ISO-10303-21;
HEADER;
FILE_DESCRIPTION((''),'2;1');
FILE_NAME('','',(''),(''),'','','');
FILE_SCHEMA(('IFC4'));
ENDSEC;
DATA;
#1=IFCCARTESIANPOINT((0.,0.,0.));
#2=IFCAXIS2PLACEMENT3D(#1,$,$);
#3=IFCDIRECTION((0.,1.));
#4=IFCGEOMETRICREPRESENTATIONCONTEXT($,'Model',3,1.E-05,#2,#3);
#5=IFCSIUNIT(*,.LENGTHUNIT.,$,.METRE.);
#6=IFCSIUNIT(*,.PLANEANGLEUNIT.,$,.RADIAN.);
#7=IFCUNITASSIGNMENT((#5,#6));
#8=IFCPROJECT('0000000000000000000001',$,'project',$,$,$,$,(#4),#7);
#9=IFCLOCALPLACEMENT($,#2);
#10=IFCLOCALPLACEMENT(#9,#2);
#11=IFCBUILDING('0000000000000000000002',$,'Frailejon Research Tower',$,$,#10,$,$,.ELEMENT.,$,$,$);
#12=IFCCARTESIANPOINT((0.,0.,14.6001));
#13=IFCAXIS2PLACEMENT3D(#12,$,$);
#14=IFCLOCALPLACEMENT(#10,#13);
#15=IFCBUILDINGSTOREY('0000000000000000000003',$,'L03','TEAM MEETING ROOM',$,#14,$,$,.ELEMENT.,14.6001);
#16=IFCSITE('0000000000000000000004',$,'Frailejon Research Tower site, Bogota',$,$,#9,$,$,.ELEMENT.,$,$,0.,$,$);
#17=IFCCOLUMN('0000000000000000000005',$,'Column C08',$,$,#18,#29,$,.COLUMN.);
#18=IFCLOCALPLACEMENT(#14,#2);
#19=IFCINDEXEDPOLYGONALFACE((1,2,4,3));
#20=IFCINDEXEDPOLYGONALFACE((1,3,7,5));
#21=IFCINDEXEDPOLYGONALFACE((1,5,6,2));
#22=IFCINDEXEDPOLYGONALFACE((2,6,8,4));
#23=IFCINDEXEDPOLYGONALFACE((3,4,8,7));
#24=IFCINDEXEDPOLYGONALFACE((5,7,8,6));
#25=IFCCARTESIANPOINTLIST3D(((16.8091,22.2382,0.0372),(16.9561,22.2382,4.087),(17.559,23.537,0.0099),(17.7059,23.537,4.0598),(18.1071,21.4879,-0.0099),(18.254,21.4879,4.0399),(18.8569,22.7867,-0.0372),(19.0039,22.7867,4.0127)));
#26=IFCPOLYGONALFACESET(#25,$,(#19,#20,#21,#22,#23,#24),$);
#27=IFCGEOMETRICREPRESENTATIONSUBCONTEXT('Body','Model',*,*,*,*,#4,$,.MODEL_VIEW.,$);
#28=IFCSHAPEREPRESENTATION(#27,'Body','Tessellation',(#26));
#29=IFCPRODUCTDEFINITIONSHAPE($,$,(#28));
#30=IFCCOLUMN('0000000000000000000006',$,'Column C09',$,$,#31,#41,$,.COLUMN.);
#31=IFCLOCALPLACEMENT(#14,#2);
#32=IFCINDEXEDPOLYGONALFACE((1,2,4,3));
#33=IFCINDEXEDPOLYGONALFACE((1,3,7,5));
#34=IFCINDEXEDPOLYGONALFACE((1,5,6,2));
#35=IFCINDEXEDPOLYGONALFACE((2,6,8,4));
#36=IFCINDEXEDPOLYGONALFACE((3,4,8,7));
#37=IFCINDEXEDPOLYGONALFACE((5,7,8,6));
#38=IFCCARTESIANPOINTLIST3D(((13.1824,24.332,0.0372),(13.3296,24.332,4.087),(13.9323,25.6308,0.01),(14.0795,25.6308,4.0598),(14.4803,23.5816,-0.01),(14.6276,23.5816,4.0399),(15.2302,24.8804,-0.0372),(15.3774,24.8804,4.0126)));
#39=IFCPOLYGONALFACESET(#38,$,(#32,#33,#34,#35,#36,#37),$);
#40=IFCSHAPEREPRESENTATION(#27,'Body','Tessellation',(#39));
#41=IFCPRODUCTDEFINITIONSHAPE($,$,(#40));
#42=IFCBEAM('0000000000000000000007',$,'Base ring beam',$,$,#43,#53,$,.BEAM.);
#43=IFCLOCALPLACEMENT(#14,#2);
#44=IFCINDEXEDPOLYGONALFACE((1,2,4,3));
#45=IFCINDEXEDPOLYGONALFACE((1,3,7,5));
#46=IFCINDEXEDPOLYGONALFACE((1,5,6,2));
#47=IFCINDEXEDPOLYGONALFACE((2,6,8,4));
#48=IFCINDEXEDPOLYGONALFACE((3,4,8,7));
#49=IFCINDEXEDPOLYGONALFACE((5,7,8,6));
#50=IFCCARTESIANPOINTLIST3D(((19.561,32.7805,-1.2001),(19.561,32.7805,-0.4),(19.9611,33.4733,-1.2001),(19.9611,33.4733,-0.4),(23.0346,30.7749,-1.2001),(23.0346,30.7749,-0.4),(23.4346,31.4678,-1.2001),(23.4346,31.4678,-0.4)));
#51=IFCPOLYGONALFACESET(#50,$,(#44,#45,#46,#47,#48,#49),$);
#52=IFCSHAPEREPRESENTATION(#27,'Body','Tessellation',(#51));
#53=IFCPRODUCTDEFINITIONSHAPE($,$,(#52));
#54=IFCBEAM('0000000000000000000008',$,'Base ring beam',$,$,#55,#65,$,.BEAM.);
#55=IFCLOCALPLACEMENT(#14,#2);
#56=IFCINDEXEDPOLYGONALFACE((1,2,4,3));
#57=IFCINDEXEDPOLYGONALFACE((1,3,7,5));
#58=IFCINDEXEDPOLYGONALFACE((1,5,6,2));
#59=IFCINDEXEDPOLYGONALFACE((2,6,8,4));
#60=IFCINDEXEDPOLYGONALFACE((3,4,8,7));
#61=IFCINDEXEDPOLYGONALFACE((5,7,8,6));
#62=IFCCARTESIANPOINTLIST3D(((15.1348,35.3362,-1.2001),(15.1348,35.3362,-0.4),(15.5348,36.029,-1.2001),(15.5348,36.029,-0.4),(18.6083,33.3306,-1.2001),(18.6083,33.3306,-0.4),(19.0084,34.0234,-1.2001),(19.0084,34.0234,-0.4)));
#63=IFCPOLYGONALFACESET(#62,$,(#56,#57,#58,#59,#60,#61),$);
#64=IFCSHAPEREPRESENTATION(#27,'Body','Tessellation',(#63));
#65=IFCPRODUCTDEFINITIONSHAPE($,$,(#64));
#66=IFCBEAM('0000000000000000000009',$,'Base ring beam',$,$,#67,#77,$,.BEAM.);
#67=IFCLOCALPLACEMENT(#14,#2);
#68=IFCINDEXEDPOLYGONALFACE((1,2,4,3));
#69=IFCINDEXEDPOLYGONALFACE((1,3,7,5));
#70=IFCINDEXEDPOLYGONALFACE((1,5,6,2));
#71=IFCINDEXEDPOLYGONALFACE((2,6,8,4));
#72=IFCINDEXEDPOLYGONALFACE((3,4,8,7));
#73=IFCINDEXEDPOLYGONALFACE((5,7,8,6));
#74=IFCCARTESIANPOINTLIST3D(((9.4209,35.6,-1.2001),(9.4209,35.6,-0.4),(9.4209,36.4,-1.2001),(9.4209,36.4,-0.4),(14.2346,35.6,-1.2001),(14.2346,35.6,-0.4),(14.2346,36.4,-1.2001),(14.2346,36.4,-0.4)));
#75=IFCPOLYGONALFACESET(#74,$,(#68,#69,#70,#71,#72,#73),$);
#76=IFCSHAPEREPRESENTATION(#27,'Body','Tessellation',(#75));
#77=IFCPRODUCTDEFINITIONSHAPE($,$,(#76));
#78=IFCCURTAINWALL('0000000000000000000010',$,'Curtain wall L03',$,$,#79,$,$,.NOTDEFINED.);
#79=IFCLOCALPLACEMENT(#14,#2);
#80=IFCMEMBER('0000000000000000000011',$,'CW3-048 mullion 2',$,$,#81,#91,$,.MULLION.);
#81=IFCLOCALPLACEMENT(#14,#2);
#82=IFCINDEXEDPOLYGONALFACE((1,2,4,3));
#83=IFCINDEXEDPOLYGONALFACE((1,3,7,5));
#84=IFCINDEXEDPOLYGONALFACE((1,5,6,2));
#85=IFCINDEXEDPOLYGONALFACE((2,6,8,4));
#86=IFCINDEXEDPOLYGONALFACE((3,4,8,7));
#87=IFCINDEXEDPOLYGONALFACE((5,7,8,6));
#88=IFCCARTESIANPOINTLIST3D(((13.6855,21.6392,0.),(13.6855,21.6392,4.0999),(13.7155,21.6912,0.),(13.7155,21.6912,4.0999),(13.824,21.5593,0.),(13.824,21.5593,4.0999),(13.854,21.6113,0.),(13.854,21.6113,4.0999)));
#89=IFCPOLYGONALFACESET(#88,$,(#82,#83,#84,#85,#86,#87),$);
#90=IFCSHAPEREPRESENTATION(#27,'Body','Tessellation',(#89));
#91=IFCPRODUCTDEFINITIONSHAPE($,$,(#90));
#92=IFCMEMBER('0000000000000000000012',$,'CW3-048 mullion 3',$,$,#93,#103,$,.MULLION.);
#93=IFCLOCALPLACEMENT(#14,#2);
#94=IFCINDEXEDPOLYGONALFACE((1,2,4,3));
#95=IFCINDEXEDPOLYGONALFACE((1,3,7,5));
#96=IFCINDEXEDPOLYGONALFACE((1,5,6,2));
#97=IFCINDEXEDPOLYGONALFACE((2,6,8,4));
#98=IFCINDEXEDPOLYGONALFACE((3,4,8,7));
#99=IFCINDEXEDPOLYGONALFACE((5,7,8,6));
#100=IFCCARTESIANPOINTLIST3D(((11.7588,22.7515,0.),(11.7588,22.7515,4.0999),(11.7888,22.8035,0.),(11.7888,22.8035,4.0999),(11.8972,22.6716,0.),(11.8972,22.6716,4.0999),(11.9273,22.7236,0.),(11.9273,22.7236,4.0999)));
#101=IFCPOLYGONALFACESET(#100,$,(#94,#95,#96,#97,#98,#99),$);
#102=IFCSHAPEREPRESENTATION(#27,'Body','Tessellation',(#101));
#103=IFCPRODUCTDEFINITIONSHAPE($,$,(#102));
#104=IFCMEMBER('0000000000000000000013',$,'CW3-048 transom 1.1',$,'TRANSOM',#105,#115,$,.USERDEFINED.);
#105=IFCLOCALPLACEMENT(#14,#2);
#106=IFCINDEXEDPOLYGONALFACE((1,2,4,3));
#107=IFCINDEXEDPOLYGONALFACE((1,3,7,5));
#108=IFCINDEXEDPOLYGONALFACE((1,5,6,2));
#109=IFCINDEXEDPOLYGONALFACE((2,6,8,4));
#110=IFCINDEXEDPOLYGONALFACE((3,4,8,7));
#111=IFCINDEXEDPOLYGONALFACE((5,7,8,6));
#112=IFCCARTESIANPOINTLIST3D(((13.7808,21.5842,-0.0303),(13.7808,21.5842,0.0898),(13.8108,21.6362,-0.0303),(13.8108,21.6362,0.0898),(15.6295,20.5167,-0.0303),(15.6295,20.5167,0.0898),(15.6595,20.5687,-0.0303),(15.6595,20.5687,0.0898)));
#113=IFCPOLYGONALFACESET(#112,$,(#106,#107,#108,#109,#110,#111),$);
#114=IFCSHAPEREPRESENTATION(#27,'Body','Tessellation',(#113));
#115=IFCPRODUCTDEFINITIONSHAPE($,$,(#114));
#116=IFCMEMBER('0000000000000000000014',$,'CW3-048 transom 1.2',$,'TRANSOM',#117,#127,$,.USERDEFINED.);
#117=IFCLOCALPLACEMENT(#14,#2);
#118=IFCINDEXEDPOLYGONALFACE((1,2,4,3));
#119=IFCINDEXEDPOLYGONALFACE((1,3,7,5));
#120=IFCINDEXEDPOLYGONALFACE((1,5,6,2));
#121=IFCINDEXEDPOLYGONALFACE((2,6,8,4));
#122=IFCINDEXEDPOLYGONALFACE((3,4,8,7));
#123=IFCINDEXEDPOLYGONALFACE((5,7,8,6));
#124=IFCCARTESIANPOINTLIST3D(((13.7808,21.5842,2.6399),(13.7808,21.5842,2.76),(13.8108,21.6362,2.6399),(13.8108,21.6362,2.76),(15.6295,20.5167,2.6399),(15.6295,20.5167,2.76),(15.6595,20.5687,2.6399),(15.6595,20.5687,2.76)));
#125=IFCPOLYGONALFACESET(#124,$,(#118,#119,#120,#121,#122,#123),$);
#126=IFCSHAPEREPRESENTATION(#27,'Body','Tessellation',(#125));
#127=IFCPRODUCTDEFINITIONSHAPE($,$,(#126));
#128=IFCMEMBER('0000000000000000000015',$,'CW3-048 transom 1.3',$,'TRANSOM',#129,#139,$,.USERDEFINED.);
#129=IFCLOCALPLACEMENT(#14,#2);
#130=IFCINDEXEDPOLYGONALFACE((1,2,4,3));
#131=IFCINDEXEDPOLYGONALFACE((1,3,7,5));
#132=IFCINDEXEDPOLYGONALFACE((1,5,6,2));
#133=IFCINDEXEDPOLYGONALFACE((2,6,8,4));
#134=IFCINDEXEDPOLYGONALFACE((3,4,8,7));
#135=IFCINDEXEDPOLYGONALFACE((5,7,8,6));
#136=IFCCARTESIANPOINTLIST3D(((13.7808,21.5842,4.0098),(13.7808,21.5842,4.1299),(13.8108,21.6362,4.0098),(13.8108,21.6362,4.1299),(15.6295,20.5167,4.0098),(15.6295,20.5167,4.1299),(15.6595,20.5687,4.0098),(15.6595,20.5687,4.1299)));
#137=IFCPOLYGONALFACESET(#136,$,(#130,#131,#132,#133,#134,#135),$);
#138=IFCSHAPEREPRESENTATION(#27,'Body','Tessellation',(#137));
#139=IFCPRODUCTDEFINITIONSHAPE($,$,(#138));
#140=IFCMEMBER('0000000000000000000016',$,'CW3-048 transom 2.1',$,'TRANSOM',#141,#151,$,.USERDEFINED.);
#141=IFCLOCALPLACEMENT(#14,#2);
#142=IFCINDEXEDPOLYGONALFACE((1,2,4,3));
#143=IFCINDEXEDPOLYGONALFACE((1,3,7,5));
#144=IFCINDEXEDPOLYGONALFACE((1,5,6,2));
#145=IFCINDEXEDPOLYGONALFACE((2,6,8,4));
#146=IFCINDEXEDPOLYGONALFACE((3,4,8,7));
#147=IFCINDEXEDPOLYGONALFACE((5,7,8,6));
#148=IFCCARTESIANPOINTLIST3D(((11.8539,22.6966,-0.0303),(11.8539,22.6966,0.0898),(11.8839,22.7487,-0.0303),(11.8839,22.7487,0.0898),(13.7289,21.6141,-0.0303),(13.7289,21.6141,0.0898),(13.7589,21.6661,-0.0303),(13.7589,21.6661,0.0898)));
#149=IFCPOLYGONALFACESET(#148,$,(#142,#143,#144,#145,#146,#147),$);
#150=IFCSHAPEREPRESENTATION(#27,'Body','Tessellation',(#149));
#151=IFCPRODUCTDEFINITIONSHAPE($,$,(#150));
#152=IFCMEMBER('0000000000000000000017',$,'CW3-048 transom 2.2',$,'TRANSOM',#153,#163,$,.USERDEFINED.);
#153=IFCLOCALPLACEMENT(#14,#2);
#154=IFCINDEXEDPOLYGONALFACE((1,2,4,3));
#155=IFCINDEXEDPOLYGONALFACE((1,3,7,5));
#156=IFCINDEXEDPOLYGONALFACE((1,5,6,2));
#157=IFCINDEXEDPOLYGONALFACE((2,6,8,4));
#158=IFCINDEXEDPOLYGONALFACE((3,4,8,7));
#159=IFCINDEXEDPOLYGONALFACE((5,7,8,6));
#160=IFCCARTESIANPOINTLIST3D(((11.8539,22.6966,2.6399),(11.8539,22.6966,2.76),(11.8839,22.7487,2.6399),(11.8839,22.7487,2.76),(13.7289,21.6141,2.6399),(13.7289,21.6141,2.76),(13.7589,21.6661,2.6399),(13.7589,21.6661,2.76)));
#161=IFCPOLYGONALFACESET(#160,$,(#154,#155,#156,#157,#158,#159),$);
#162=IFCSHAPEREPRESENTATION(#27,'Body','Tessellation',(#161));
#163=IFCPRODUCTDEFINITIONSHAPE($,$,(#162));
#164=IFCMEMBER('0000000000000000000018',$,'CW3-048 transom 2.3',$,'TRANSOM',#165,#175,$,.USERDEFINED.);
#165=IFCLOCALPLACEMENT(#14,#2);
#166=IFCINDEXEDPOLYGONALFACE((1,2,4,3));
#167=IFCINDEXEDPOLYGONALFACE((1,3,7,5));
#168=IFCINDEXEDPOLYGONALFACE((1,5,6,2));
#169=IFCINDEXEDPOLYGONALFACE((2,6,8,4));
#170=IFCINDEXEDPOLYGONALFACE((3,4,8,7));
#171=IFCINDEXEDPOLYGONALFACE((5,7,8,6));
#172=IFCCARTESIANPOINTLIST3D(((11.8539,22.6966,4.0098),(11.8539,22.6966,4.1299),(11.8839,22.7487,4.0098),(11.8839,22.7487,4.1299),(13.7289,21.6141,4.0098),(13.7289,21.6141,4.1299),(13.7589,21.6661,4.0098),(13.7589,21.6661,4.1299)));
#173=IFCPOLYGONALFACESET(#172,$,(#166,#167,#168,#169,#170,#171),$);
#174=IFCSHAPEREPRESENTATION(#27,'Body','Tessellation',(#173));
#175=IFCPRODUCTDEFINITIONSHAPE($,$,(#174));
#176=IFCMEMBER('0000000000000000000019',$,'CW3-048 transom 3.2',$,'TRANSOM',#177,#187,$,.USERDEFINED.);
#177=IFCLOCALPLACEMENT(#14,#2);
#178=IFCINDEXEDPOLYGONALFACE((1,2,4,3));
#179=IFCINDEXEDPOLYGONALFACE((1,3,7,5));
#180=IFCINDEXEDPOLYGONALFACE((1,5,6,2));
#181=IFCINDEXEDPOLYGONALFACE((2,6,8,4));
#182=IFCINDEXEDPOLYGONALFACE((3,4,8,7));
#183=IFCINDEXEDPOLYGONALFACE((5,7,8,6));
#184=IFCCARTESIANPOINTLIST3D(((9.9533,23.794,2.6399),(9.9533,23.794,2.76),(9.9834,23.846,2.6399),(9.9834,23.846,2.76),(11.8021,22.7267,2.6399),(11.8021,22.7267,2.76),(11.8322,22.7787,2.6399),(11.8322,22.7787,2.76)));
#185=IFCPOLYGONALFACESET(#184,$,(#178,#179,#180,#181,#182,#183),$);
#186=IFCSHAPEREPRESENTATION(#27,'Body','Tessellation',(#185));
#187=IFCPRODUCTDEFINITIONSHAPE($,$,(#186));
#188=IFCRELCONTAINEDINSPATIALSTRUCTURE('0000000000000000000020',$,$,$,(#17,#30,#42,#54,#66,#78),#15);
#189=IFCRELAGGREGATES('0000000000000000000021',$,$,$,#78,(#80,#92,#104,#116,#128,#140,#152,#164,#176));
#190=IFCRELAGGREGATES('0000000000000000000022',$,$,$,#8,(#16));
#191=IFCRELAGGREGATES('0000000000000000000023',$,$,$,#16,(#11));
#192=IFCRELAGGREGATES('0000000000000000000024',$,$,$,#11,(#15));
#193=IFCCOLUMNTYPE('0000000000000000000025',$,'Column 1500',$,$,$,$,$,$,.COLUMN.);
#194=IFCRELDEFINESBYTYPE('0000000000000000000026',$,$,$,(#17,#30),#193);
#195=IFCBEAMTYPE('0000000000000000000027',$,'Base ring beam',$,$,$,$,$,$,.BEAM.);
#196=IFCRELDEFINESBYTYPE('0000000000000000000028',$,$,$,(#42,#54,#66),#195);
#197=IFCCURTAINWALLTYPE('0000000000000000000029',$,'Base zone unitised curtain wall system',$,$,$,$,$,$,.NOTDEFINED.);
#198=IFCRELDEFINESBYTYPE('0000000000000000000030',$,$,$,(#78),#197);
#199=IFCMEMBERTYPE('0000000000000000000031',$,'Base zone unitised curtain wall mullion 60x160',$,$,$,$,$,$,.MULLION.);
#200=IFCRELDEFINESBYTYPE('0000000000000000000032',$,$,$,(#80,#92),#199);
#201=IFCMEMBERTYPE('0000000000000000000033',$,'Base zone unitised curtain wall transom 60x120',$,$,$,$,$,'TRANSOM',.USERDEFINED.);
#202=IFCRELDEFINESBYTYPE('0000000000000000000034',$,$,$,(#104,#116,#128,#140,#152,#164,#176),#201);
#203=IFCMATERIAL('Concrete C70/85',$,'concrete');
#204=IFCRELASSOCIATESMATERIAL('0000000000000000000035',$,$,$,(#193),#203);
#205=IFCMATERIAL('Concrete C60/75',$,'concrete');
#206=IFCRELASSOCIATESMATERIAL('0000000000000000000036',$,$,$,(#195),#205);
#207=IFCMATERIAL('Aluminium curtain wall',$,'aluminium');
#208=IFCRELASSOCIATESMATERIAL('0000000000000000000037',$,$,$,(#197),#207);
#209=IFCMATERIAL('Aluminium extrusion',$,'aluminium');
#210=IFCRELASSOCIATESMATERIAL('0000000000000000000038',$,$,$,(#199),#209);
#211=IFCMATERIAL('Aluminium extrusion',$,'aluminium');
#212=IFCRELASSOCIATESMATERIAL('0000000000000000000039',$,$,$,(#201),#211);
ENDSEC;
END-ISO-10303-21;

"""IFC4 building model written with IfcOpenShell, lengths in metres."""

from ifc_helpers import new_model, si_unit, direction, frame, origin, origin_2d, place, context, subcontext, project, spatial, rectangle, extrude, material, material_profile, profile_set, type_object, element, aggregate, save


model = new_model("IFC4")

# Units and contexts
model_context = context("Model", 3, precision=1e-05, world=origin(), true_north=direction((0.0, 1.0)))
body_context = subcontext(model_context, "Body", "Model", "MODEL_VIEW")
ifc_project = project(units=[si_unit("LENGTHUNIT", "METRE"), si_unit("PLANEANGLEUNIT", "RADIAN")], contexts=[model_context])

# Site, building, storey
site_placement = place(None, origin())
site = spatial("IfcSite", under=ifc_project, at=site_placement, Name="Frailejon Research Tower site, Bogota", CompositionType="ELEMENT", RefElevation=0.0)
building_placement = place(site_placement, origin())
building = spatial("IfcBuilding", under=site, at=building_placement, Name="Frailejon Research Tower", CompositionType="ELEMENT")
storey_placement = place(building_placement, frame((0.0, 0.0, 14.6001)))
storey = spatial("IfcBuildingStorey", under=building, at=storey_placement, Name="L03", Description="TEAM MEETING ROOM", CompositionType="ELEMENT", Elevation=14.6001)

# Columns
ifc_material_1 = material(Name="Concrete C70/85", Category="concrete")
ifc_material_profile_1 = material_profile(ifc_material_1, rectangle(XDim=1.5, YDim=1.5, at=origin_2d()), Name="Column 1500")
ifc_profile_set_1 = profile_set([ifc_material_profile_1], Name="Concrete C70/85")
column_type = type_object("IfcColumnType", Name="Column 1500", PredefinedType="COLUMN", material=ifc_profile_set_1)
for number, where, z_axis, x_axis, name in (
    (1, (17.833, 22.5125, 0.0), (0.036267, 0.0, 0.999342), (-0.865313, 0.500246, 0.031403), "Column C08"),
    (2, (14.2063, 24.6062, 0.0), (0.036328, 0.0, 0.99934), (-0.865312, 0.500246, 0.031455), "Column C09"),
):
    element("IfcColumn", number, at=place(storey_placement, frame(where, z_axis=z_axis, x_axis=x_axis)), inside=storey, type_object=column_type, Name=name, PredefinedType="COLUMN", context=body_context, shape_type="SweptSolid", body=[
        extrude(rectangle(XDim=1.5, YDim=1.5, at=origin_2d()), origin(), (0.0, 0.0, 1.0), 4.0525),
    ])

# Beams
ifc_material_2 = material(Name="Concrete C60/75", Category="concrete")
ifc_material_profile_2 = material_profile(ifc_material_2, rectangle(XDim=0.8, YDim=0.8, at=origin_2d()), Name="Base ring beam")
ifc_profile_set_2 = profile_set([ifc_material_profile_2], Name="Concrete C60/75")
beam_type_1 = type_object("IfcBeamType", Name="Base ring beam", PredefinedType="BEAM", material=ifc_profile_set_2)
for number, where, z_axis, x_axis, name in (
    (3, (23.2346, 31.1213, -0.8), (-0.866013, 0.500021, 0.0), (-0.500021, -0.866013, 0.0), "Base ring beam"),
    (4, (18.8083, 33.677, -0.8), (-0.866013, 0.500021, 0.0), (-0.500021, -0.866013, 0.0), "Base ring beam"),
):
    element("IfcBeam", number, at=place(storey_placement, frame(where, z_axis=z_axis, x_axis=x_axis)), inside=storey, type_object=beam_type_1, Name=name, PredefinedType="BEAM", context=body_context, shape_type="SweptSolid", body=[
        extrude(rectangle(XDim=0.8, YDim=0.8, at=origin_2d()), origin(), (0.0, 0.0, 1.0), 4.011),
    ])
beam_1_placement = place(storey_placement, frame((14.2346, 36.0, -0.8), z_axis=(-1.0, 0.0, 0.0), x_axis=(0.0, -1.0, 0.0)))
element("IfcBeam", 5, at=beam_1_placement, inside=storey, type_object=beam_type_1, Name="Base ring beam", PredefinedType="BEAM", context=body_context, shape_type="SweptSolid", body=[
    extrude(rectangle(XDim=0.8, YDim=0.8, at=origin_2d()), origin(), (0.0, 0.0, 1.0), 4.8137),
])

# Curtain wall, members
ifc_material_3 = material(Name="Aluminium curtain wall", Category="aluminium")
curtain_wall_type = type_object("IfcCurtainWallType", Name="Base zone unitised curtain wall system", PredefinedType="NOTDEFINED", material=ifc_material_3)
curtain_wall_placement = place(storey_placement, origin())
curtain_wall = element("IfcCurtainWall", 6, at=curtain_wall_placement, inside=storey, type_object=curtain_wall_type, Name="Curtain wall L03", PredefinedType="NOTDEFINED")
ifc_material_4 = material(Name="Aluminium extrusion", Category="aluminium")
ifc_material_profile_3 = material_profile(ifc_material_4, rectangle(XDim=0.0601, YDim=0.1599, at=origin_2d()), Name="Base zone unitised curtain wall mullion 60x160")
ifc_profile_set_3 = profile_set([ifc_material_profile_3], Name="Aluminium extrusion")
member_type_1 = type_object("IfcMemberType", Name="Base zone unitised curtain wall mullion 60x160", PredefinedType="MULLION", material=ifc_profile_set_3)
member_1_placement = place(storey_placement, frame((13.7698, 21.6252, 0.0), z_axis=(0.0, 0.0, 1.0), x_axis=(-0.499998, -0.866026, 0.0)))
member_1 = element("IfcMember", 7, at=member_1_placement, type_object=member_type_1, Name="CW3-048 mullion 2", PredefinedType="MULLION", context=body_context, shape_type="SweptSolid", body=[
    extrude(rectangle(XDim=0.0601, YDim=0.1599, at=origin_2d()), origin(), (0.0, 0.0, 1.0), 4.0999),
])
member_2_placement = place(storey_placement, frame((11.843, 22.7375, 0.0), z_axis=(0.0, 0.0, 1.0), x_axis=(-0.499998, -0.866026, 0.0)))
member_2 = element("IfcMember", 8, at=member_2_placement, type_object=member_type_1, Name="CW3-048 mullion 3", PredefinedType="MULLION", context=body_context, shape_type="SweptSolid", body=[
    extrude(rectangle(XDim=0.0601, YDim=0.1599, at=origin_2d()), origin(), (0.0, 0.0, 1.0), 4.0999),
])
ifc_material_5 = material(Name="Aluminium extrusion", Category="aluminium")
ifc_material_profile_4 = material_profile(ifc_material_5, rectangle(XDim=0.0601, YDim=0.1201, at=origin_2d()), Name="Base zone unitised curtain wall transom 60x120")
ifc_profile_set_4 = profile_set([ifc_material_profile_4], Name="Aluminium extrusion")
member_type_2 = type_object("IfcMemberType", Name="Base zone unitised curtain wall transom 60x120", ElementType="TRANSOM", PredefinedType="USERDEFINED", material=ifc_profile_set_4)
member_3_placement = place(storey_placement, frame((15.6445, 20.5427, 0.0298), z_axis=(-0.86601, 0.500026, 0.0), x_axis=(-0.500026, -0.86601, 0.0)))
member_3 = element("IfcMember", 9, at=member_3_placement, type_object=member_type_2, Name="CW3-048 transom 1.1", ObjectType="TRANSOM", PredefinedType="USERDEFINED", context=body_context, shape_type="SweptSolid", body=[
    extrude(rectangle(XDim=0.0601, YDim=0.1201, at=origin_2d()), origin(), (0.0, 0.0, 1.0), 2.1348),
])
member_4_placement = place(storey_placement, frame((15.6445, 20.5427, 2.7), z_axis=(-0.86601, 0.500026, 0.0), x_axis=(-0.500026, -0.86601, 0.0)))
member_4 = element("IfcMember", 10, at=member_4_placement, type_object=member_type_2, Name="CW3-048 transom 1.2", ObjectType="TRANSOM", PredefinedType="USERDEFINED", context=body_context, shape_type="SweptSolid", body=[
    extrude(rectangle(XDim=0.0601, YDim=0.1201, at=origin_2d()), origin(), (0.0, 0.0, 1.0), 2.1348),
])
member_5_placement = place(storey_placement, frame((15.6445, 20.5427, 4.0698), z_axis=(-0.86601, 0.500026, 0.0), x_axis=(-0.500026, -0.86601, 0.0)))
member_5 = element("IfcMember", 11, at=member_5_placement, type_object=member_type_2, Name="CW3-048 transom 1.3", ObjectType="TRANSOM", PredefinedType="USERDEFINED", context=body_context, shape_type="SweptSolid", body=[
    extrude(rectangle(XDim=0.0601, YDim=0.1201, at=origin_2d()), origin(), (0.0, 0.0, 1.0), 2.1348),
])
member_6_placement = place(storey_placement, frame((13.7439, 21.6401, 0.0298), z_axis=(-0.866028, 0.499996, 0.0), x_axis=(-0.499996, -0.866028, 0.0)))
member_6 = element("IfcMember", 12, at=member_6_placement, type_object=member_type_2, Name="CW3-048 transom 2.1", ObjectType="TRANSOM", PredefinedType="USERDEFINED", context=body_context, shape_type="SweptSolid", body=[
    extrude(rectangle(XDim=0.0601, YDim=0.1201, at=origin_2d()), origin(), (0.0, 0.0, 1.0), 2.165),
])
member_7_placement = place(storey_placement, frame((13.7439, 21.6401, 2.7), z_axis=(-0.866028, 0.499996, 0.0), x_axis=(-0.499996, -0.866028, 0.0)))
member_7 = element("IfcMember", 13, at=member_7_placement, type_object=member_type_2, Name="CW3-048 transom 2.2", ObjectType="TRANSOM", PredefinedType="USERDEFINED", context=body_context, shape_type="SweptSolid", body=[
    extrude(rectangle(XDim=0.0601, YDim=0.1201, at=origin_2d()), origin(), (0.0, 0.0, 1.0), 2.165),
])
member_8_placement = place(storey_placement, frame((13.7439, 21.6401, 4.0698), z_axis=(-0.866028, 0.499996, 0.0), x_axis=(-0.499996, -0.866028, 0.0)))
member_8 = element("IfcMember", 14, at=member_8_placement, type_object=member_type_2, Name="CW3-048 transom 2.3", ObjectType="TRANSOM", PredefinedType="USERDEFINED", context=body_context, shape_type="SweptSolid", body=[
    extrude(rectangle(XDim=0.0601, YDim=0.1201, at=origin_2d()), origin(), (0.0, 0.0, 1.0), 2.165),
])
member_9_placement = place(storey_placement, frame((11.8171, 22.7527, 2.7), z_axis=(-0.866039, 0.499977, 0.0), x_axis=(-0.499977, -0.866039, 0.0)))
member_9 = element("IfcMember", 15, at=member_9_placement, type_object=member_type_2, Name="CW3-048 transom 3.2", ObjectType="TRANSOM", PredefinedType="USERDEFINED", context=body_context, shape_type="SweptSolid", body=[
    extrude(rectangle(XDim=0.0601, YDim=0.1201, at=origin_2d()), origin(), (0.0, 0.0, 1.0), 2.1348),
])

aggregate(curtain_wall, [member_1, member_2, member_3, member_4, member_5, member_6, member_7, member_8, member_9])

save(model, "model.ifc")
